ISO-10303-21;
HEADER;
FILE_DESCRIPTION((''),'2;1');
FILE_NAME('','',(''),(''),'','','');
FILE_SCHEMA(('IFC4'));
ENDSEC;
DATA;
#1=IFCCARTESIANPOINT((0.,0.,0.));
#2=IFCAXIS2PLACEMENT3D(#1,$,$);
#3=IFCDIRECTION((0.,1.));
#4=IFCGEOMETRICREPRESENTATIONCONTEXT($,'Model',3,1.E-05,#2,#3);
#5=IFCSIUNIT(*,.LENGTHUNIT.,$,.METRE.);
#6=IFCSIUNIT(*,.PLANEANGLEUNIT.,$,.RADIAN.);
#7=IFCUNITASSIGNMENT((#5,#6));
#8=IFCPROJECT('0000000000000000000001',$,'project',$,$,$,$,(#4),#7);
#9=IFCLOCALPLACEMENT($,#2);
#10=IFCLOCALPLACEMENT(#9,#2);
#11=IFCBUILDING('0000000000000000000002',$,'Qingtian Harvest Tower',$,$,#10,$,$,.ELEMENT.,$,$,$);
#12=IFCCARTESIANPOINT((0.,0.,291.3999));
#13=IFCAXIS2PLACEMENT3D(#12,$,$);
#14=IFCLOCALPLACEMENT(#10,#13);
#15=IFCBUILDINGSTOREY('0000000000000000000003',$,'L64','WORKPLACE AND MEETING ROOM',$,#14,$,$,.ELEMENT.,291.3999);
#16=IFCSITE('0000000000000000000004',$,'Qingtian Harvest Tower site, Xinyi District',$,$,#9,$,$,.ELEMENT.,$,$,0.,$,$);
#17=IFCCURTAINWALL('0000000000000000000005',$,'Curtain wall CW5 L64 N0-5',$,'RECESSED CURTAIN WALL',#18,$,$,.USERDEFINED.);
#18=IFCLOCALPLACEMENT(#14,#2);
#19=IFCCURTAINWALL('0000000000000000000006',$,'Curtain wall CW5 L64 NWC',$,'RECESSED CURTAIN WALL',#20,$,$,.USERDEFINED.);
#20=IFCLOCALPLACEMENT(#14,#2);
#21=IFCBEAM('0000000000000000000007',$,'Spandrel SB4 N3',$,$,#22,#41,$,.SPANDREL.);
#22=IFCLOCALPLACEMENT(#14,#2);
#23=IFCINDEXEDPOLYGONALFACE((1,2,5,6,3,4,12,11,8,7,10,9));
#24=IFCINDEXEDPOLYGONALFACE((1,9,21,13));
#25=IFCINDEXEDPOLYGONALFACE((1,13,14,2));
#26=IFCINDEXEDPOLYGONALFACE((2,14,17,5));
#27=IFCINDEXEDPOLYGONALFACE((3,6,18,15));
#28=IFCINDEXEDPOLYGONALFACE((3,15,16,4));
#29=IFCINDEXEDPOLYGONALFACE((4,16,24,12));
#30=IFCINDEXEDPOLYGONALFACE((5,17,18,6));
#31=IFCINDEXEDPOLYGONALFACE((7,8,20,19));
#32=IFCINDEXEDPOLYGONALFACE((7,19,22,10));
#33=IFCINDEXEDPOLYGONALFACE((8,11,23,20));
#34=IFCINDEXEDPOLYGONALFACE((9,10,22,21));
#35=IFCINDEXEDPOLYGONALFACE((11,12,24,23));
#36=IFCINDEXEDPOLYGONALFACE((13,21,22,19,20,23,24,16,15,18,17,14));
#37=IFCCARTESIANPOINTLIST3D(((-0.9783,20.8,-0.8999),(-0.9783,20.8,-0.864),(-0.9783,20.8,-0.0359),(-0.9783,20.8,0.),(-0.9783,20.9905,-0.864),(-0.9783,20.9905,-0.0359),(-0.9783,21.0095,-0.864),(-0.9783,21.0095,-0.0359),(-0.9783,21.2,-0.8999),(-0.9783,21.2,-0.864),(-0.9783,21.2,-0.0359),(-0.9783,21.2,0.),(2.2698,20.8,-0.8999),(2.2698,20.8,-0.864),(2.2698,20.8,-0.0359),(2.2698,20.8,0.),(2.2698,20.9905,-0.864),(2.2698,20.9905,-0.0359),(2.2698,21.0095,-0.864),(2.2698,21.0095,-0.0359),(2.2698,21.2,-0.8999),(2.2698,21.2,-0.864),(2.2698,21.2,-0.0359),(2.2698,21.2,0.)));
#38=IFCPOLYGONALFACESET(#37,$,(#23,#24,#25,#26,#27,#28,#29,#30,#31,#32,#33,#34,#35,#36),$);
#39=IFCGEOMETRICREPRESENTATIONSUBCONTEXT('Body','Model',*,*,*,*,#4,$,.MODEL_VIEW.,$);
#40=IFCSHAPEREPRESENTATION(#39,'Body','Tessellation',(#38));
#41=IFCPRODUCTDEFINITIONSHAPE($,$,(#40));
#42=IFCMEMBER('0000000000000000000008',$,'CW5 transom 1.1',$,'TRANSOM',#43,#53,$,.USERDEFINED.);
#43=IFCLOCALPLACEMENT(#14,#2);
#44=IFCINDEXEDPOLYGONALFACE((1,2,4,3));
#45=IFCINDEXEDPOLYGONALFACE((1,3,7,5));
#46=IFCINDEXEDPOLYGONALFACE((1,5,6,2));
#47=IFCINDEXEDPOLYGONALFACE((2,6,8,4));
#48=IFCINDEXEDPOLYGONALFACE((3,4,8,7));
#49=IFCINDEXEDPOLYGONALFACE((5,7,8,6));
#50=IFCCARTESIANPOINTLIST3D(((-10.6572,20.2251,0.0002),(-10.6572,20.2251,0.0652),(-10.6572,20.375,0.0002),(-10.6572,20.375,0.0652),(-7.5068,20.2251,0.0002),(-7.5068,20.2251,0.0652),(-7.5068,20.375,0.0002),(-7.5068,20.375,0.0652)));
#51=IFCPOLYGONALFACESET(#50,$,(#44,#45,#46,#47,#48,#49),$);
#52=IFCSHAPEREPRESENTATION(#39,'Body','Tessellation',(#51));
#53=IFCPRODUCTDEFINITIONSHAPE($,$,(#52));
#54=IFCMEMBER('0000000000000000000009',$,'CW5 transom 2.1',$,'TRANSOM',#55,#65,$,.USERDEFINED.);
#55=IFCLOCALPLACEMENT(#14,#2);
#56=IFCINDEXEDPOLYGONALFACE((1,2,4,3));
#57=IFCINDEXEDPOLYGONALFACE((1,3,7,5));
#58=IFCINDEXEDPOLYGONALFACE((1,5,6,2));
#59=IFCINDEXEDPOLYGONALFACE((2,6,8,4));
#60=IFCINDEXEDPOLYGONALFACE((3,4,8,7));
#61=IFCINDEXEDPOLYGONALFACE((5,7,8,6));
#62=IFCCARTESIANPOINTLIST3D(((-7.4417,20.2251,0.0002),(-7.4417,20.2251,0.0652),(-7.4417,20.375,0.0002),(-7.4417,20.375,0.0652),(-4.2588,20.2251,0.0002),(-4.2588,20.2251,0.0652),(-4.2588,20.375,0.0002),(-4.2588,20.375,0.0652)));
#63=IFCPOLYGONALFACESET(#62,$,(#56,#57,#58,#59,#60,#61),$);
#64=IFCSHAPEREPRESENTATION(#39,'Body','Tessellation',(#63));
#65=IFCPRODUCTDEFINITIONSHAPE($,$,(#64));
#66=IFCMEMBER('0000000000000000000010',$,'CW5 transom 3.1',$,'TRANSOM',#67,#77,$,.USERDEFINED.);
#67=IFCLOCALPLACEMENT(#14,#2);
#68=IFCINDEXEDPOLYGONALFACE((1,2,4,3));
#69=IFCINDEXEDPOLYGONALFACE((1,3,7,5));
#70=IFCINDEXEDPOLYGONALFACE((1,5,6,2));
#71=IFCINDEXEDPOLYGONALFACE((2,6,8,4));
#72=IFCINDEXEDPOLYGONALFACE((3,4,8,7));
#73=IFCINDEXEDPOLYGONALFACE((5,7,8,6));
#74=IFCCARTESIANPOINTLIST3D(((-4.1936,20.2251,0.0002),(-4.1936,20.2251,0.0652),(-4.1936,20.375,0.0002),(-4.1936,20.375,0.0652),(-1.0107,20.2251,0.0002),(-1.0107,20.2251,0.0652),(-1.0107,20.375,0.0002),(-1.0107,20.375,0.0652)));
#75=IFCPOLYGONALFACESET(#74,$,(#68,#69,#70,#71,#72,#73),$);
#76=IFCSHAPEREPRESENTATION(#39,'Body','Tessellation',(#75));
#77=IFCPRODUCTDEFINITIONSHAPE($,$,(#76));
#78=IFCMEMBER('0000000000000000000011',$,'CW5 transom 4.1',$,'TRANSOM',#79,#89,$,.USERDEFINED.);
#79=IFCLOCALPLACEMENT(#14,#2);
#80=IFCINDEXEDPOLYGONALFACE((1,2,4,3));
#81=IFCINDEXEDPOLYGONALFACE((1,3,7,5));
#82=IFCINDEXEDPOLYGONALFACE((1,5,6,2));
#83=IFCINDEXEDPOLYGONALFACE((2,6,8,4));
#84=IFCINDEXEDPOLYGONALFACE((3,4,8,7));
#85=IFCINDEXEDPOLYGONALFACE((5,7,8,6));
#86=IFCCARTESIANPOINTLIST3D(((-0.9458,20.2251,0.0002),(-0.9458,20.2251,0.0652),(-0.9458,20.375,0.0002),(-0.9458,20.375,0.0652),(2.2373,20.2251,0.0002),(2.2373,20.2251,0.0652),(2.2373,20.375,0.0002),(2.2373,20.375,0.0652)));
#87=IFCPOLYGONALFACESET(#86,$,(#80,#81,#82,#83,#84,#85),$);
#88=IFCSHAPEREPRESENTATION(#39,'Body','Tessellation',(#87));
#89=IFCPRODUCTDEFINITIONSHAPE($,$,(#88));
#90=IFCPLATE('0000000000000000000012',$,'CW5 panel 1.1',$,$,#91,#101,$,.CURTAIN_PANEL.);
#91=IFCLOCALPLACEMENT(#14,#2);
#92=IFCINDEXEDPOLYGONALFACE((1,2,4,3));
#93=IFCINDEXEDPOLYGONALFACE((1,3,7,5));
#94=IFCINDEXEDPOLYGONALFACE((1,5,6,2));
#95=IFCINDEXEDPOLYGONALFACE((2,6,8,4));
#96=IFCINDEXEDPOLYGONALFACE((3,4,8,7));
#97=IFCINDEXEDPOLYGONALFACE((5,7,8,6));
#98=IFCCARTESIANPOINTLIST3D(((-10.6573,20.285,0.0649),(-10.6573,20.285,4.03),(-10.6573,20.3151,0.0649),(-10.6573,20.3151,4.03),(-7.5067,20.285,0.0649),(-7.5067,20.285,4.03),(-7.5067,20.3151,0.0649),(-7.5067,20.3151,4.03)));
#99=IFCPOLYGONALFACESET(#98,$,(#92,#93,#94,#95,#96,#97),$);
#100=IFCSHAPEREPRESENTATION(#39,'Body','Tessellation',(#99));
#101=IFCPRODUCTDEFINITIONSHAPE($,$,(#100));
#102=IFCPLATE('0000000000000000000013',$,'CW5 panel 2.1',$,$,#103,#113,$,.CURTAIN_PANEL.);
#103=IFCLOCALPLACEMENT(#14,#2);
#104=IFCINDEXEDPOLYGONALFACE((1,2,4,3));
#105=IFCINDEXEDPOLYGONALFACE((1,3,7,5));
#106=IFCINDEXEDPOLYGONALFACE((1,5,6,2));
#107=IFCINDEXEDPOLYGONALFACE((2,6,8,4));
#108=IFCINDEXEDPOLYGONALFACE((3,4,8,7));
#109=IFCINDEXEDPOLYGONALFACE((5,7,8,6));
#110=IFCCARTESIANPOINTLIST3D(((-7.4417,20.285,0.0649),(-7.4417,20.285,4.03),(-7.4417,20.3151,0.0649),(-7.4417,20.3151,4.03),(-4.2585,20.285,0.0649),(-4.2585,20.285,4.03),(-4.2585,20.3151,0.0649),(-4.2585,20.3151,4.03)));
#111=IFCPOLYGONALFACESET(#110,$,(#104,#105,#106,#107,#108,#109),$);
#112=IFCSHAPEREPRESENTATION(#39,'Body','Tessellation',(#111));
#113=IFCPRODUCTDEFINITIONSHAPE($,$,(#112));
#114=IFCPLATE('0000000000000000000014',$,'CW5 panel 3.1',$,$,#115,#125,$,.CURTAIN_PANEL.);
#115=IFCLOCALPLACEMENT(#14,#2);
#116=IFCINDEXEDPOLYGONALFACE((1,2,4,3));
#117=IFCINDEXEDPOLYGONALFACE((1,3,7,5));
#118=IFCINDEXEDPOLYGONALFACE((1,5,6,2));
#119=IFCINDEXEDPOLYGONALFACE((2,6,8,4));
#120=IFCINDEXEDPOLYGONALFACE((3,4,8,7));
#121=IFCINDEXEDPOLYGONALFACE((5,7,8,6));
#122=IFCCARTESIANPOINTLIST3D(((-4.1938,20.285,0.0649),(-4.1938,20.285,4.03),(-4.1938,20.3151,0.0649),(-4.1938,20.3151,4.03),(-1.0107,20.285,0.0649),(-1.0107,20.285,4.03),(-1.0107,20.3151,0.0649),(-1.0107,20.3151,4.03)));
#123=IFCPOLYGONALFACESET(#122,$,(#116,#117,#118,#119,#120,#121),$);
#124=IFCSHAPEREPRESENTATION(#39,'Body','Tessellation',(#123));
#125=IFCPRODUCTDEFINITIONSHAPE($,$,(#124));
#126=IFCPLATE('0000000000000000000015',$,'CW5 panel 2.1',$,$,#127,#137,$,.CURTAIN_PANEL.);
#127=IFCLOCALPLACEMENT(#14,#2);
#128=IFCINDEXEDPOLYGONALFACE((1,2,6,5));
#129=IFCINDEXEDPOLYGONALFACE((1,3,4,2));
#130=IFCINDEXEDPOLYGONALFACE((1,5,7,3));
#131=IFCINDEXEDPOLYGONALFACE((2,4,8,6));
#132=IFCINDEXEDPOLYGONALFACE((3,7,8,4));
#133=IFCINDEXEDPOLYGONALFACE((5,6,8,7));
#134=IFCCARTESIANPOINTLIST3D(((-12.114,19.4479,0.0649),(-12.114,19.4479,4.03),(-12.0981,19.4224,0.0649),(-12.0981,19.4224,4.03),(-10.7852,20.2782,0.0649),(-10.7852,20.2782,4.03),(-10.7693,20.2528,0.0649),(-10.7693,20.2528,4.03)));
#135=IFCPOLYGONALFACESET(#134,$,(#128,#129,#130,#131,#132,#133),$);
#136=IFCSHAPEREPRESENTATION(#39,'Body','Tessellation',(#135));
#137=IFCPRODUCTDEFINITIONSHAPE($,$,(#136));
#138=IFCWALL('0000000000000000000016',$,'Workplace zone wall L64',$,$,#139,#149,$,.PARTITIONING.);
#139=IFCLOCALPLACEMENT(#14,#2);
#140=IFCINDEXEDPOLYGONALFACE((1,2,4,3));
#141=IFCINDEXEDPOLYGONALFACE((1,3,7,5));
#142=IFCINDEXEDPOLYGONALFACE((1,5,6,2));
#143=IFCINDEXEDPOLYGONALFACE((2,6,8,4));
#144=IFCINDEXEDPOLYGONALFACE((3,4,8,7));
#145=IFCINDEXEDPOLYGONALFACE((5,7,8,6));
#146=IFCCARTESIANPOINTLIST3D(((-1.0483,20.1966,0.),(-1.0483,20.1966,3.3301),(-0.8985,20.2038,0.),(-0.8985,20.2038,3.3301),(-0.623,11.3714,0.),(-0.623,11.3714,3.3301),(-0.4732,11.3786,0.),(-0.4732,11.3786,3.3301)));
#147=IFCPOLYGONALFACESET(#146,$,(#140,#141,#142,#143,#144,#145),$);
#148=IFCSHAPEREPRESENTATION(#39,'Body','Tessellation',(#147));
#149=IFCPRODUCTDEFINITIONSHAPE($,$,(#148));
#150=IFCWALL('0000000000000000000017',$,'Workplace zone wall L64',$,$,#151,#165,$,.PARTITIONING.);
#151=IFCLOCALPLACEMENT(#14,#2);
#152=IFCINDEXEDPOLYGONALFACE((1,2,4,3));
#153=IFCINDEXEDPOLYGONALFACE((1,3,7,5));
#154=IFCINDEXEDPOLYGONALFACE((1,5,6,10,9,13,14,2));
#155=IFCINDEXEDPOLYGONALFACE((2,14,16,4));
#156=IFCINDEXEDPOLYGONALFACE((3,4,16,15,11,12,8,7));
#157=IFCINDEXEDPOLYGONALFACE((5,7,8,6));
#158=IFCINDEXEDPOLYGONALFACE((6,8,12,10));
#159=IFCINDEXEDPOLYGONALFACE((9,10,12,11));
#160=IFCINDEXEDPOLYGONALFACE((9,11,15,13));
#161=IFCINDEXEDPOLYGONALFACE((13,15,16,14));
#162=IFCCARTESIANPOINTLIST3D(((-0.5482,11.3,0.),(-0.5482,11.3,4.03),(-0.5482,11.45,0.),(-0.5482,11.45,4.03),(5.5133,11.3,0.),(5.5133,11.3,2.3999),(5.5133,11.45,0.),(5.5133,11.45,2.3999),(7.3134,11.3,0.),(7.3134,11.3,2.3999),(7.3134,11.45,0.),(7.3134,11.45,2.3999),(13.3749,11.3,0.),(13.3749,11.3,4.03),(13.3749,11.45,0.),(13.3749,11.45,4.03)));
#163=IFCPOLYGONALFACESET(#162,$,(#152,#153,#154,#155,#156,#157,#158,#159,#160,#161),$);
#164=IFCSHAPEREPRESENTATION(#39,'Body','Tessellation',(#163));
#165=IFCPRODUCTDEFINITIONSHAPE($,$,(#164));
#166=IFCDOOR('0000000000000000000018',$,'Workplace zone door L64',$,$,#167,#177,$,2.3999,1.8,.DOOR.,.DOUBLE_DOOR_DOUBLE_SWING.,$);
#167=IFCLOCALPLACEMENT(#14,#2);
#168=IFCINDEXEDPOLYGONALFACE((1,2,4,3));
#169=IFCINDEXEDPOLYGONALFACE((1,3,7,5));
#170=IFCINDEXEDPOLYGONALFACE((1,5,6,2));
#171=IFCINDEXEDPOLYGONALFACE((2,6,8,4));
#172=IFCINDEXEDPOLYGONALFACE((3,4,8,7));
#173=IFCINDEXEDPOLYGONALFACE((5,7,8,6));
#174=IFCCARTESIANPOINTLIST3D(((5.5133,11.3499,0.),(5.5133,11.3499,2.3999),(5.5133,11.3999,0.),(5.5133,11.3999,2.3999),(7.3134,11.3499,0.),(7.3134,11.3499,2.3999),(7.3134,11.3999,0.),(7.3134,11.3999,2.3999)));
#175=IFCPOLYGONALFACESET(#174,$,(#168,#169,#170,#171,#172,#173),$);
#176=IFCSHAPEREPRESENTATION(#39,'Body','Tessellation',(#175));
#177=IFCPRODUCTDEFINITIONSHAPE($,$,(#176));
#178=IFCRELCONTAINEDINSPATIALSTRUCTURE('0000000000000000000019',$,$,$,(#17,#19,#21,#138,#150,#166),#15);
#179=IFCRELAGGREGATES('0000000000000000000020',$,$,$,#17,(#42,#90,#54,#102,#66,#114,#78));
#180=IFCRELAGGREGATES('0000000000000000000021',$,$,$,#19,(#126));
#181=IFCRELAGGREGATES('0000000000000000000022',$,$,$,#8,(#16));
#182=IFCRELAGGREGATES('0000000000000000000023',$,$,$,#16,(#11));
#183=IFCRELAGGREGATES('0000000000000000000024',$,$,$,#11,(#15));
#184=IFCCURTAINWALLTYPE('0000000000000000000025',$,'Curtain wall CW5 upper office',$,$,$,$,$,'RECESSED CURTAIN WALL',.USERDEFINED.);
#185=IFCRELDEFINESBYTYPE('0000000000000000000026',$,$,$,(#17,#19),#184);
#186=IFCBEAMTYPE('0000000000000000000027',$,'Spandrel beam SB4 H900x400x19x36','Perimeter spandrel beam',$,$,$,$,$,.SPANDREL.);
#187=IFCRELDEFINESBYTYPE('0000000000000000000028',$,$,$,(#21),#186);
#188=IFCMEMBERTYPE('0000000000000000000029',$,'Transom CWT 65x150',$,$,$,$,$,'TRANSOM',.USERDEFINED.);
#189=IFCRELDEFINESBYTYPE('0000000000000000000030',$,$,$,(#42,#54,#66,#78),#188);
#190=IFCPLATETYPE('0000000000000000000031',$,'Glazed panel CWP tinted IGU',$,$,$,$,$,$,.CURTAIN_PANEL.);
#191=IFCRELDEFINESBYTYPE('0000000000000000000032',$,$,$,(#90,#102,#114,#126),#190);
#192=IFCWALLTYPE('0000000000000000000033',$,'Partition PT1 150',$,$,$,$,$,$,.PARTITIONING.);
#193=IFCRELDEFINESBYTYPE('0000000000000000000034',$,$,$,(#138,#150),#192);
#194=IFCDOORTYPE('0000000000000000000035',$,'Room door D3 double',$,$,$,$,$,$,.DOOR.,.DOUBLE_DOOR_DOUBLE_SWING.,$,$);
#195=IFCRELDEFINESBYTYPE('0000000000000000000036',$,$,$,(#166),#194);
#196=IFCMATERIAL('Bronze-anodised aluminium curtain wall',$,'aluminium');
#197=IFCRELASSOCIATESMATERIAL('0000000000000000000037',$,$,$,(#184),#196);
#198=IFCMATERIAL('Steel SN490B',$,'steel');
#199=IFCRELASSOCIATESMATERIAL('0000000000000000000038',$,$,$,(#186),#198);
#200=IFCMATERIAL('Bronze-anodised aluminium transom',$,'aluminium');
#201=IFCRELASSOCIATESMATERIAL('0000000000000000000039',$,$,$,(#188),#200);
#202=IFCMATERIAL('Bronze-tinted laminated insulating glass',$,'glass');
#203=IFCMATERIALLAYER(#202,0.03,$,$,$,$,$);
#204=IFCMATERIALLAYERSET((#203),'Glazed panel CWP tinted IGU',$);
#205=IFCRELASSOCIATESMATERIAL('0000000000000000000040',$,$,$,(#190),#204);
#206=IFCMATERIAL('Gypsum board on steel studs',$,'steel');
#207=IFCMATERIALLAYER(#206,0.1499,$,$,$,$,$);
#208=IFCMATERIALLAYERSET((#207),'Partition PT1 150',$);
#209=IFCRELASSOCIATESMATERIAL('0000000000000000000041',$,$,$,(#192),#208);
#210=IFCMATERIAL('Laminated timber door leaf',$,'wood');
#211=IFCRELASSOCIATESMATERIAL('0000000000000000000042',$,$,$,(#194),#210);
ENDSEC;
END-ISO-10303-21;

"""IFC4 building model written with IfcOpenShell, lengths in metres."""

from ifc_helpers import new_model, si_unit, direction, frame, frame_2d, origin, origin_2d, place, context, subcontext, project, spatial, rectangle, i_section, extrude, material, layer, layer_set, material_profile, profile_set, type_object, element, fill, aggregate, save


model = new_model("IFC4")

# Units and contexts
model_context = context("Model", 3, precision=1e-05, world=origin(), true_north=direction((0.0, 1.0)))
body_context = subcontext(model_context, "Body", "Model", "MODEL_VIEW")
ifc_project = project(units=[si_unit("LENGTHUNIT", "METRE"), si_unit("PLANEANGLEUNIT", "RADIAN")], contexts=[model_context])

# Site, building, storey
site_placement = place(None, origin())
site = spatial("IfcSite", under=ifc_project, at=site_placement, Name="Qingtian Harvest Tower site, Xinyi District", CompositionType="ELEMENT", RefElevation=0.0)
building_placement = place(site_placement, origin())
building = spatial("IfcBuilding", under=site, at=building_placement, Name="Qingtian Harvest Tower", CompositionType="ELEMENT")
storey_placement = place(building_placement, frame((0.0, 0.0, 291.3999)))
storey = spatial("IfcBuildingStorey", under=building, at=storey_placement, Name="L64", Description="WORKPLACE AND MEETING ROOM", CompositionType="ELEMENT", Elevation=291.3999)

# Curtain wall
ifc_material_1 = material(Name="Bronze-anodised aluminium curtain wall", Category="aluminium")
curtain_wall_type = type_object("IfcCurtainWallType", Name="Curtain wall CW5 upper office", ElementType="RECESSED CURTAIN WALL", PredefinedType="USERDEFINED", material=ifc_material_1)
curtain_wall_1_placement = place(storey_placement, origin())
curtain_wall_1 = element("IfcCurtainWall", 1, at=curtain_wall_1_placement, inside=storey, type_object=curtain_wall_type, Name="Curtain wall CW5 L64 N0-5", ObjectType="RECESSED CURTAIN WALL", PredefinedType="USERDEFINED")

# Curtain wall
curtain_wall_2_placement = place(storey_placement, origin())
curtain_wall_2 = element("IfcCurtainWall", 2, at=curtain_wall_2_placement, inside=storey, type_object=curtain_wall_type, Name="Curtain wall CW5 L64 NWC", ObjectType="RECESSED CURTAIN WALL", PredefinedType="USERDEFINED")

# Beam
ifc_material_2 = material(Name="Steel SN490B", Category="steel")
ifc_material_profile_1 = material_profile(ifc_material_2, i_section(OverallWidth=0.3999, OverallDepth=0.8999, WebThickness=0.019, FlangeThickness=0.0359, at=origin_2d()), Name="H900x400x19x36")
ifc_profile_set_1 = profile_set([ifc_material_profile_1], Name="Steel SN490B")
beam_type_1 = type_object("IfcBeamType", Name="Spandrel beam SB4 H900x400x19x36", Description="Perimeter spandrel beam", PredefinedType="SPANDREL", material=ifc_profile_set_1)
for number, where, z_axis, x_axis, name in (
    (3, (-0.9783, 21.0, -0.45), (1.0, 0.0, 0.0), (0.0, 1.0, 0.0), "Spandrel SB4 N3"),
):
    element("IfcBeam", number, at=place(storey_placement, frame(where, z_axis=z_axis, x_axis=x_axis)), inside=storey, type_object=beam_type_1, Name=name, PredefinedType="SPANDREL", context=body_context, shape_type="SweptSolid", body=[
        extrude(i_section(OverallWidth=0.3999, OverallDepth=0.8999, WebThickness=0.019, FlangeThickness=0.0359, at=origin_2d()), origin(), (0.0, 0.0, 1.0), 3.248),
    ])

# Members
ifc_material_3 = material(Name="Bronze-anodised aluminium transom", Category="aluminium")
ifc_material_profile_2 = material_profile(ifc_material_3, rectangle(XDim=0.1499, YDim=0.0649, at=origin_2d()), Name="AL 65x150")
ifc_profile_set_2 = profile_set([ifc_material_profile_2], Name="Bronze-anodised aluminium transom")
member_type_1 = type_object("IfcMemberType", Name="Transom CWT 65x150", ElementType="TRANSOM", PredefinedType="USERDEFINED", material=ifc_profile_set_2)
member_1_placement = place(storey_placement, frame((-10.6572, 20.3, 0.0327), z_axis=(1.0, 0.0, 0.0), x_axis=(0.0, 1.0, 0.0)))
member_1 = element("IfcMember", 4, at=member_1_placement, type_object=member_type_1, Name="CW5 transom 1.1", ObjectType="TRANSOM", PredefinedType="USERDEFINED", context=body_context, shape_type="SweptSolid", body=[
    extrude(rectangle(XDim=0.1499, YDim=0.0649, at=origin_2d()), origin(), (0.0, 0.0, 1.0), 3.1504),
])
member_2_placement = place(storey_placement, frame((-7.4417, 20.3, 0.0327), z_axis=(1.0, 0.0, 0.0), x_axis=(0.0, 1.0, 0.0)))
member_2 = element("IfcMember", 5, at=member_2_placement, type_object=member_type_1, Name="CW5 transom 2.1", ObjectType="TRANSOM", PredefinedType="USERDEFINED", context=body_context, shape_type="SweptSolid", body=[
    extrude(rectangle(XDim=0.1499, YDim=0.0649, at=origin_2d()), origin(), (0.0, 0.0, 1.0), 3.1829),
])
member_3_placement = place(storey_placement, frame((-4.1936, 20.3, 0.0327), z_axis=(1.0, 0.0, 0.0), x_axis=(0.0, 1.0, 0.0)))
member_3 = element("IfcMember", 6, at=member_3_placement, type_object=member_type_1, Name="CW5 transom 3.1", ObjectType="TRANSOM", PredefinedType="USERDEFINED", context=body_context, shape_type="SweptSolid", body=[
    extrude(rectangle(XDim=0.1499, YDim=0.0649, at=origin_2d()), origin(), (0.0, 0.0, 1.0), 3.1829),
])
member_4_placement = place(storey_placement, frame((-0.9458, 20.3, 0.0327), z_axis=(1.0, 0.0, 0.0), x_axis=(0.0, 1.0, 0.0)))
member_4 = element("IfcMember", 7, at=member_4_placement, type_object=member_type_1, Name="CW5 transom 4.1", ObjectType="TRANSOM", PredefinedType="USERDEFINED", context=body_context, shape_type="SweptSolid", body=[
    extrude(rectangle(XDim=0.1499, YDim=0.0649, at=origin_2d()), origin(), (0.0, 0.0, 1.0), 3.1831),
])

# Plates
ifc_material_4 = material(Name="Bronze-tinted laminated insulating glass", Category="glass")
ifc_layer_1 = layer(ifc_material_4, 0.03)
ifc_layer_set_1 = layer_set([ifc_layer_1], Name="Glazed panel CWP tinted IGU")
plate_type = type_object("IfcPlateType", Name="Glazed panel CWP tinted IGU", PredefinedType="CURTAIN_PANEL", material=ifc_layer_set_1)
plate_1_placement = place(storey_placement, frame((-9.082, 20.3, 0.0649), z_axis=(0.0, 0.0, 1.0), x_axis=(1.0, 0.0, 0.0)))
plate_1 = element("IfcPlate", 8, at=plate_1_placement, type_object=plate_type, Name="CW5 panel 1.1", PredefinedType="CURTAIN_PANEL", context=body_context, shape_type="SweptSolid", body=[
    extrude(rectangle(XDim=3.1506, YDim=0.03, at=origin_2d()), origin(), (0.0, 0.0, 1.0), 3.9651),
])
plate_2_placement = place(storey_placement, frame((-5.8501, 20.3, 0.0649), z_axis=(0.0, 0.0, 1.0), x_axis=(1.0, 0.0, 0.0)))
plate_2 = element("IfcPlate", 9, at=plate_2_placement, type_object=plate_type, Name="CW5 panel 2.1", PredefinedType="CURTAIN_PANEL", context=body_context, shape_type="SweptSolid", body=[
    extrude(rectangle(XDim=3.1831, YDim=0.03, at=origin_2d()), origin(), (0.0, 0.0, 1.0), 3.9651),
])
plate_3_placement = place(storey_placement, frame((-2.6023, 20.3, 0.0649), z_axis=(0.0, 0.0, 1.0), x_axis=(1.0, 0.0, 0.0)))
plate_3 = element("IfcPlate", 10, at=plate_3_placement, type_object=plate_type, Name="CW5 panel 3.1", PredefinedType="CURTAIN_PANEL", context=body_context, shape_type="SweptSolid", body=[
    extrude(rectangle(XDim=3.1831, YDim=0.03, at=origin_2d()), origin(), (0.0, 0.0, 1.0), 3.9651),
])
aggregate(curtain_wall_1, [member_1, plate_1, member_2, plate_2, member_3, plate_3, member_4])
plate_4_placement = place(storey_placement, frame((-11.4417, 19.8503, 0.0649), z_axis=(0.0, 0.0, 1.0), x_axis=(0.848048, 0.529919, 0.0)))
plate_4 = element("IfcPlate", 11, at=plate_4_placement, type_object=plate_type, Name="CW5 panel 2.1", PredefinedType="CURTAIN_PANEL", context=body_context, shape_type="SweptSolid", body=[
    extrude(rectangle(XDim=1.5669, YDim=0.03, at=origin_2d()), origin(), (0.0, 0.0, 1.0), 3.9651),
])
aggregate(curtain_wall_2, [plate_4])

# Wall
ifc_material_5 = material(Name="Gypsum board on steel studs", Category="steel")
ifc_layer_2 = layer(ifc_material_5, 0.1499)
ifc_layer_set_2 = layer_set([ifc_layer_2], Name="Partition PT1 150")
wall_type = type_object("IfcWallType", Name="Partition PT1 150", PredefinedType="PARTITIONING", material=ifc_layer_set_2)
wall_1_placement = place(storey_placement, frame((-0.9734, 20.2002, 0.0), z_axis=(0.0, 0.0, 1.0), x_axis=(0.048135, -0.998841, 0.0)))
element("IfcWall", 12, at=wall_1_placement, inside=storey, type_object=wall_type, Name="Workplace zone wall L64", PredefinedType="PARTITIONING", context=body_context, shape_type="SweptSolid", body=[
    extrude(rectangle(XDim=8.8354, YDim=0.1499, at=frame_2d((4.4177, 0.0))), origin(), (0.0, 0.0, 1.0), 3.3301),
])

# Wall, opening, door
wall_2_placement = place(storey_placement, frame((-0.5481, 11.375, 0.0), z_axis=(0.0, 0.0, 1.0), x_axis=(1.0, 0.0, 0.0)))
wall_2 = element("IfcWall", 13, at=wall_2_placement, inside=storey, type_object=wall_type, Name="Workplace zone wall L64", PredefinedType="PARTITIONING", context=body_context, shape_type="SweptSolid", body=[
    extrude(rectangle(XDim=13.9231, YDim=0.1499, at=frame_2d((6.9614, 0.0))), origin(), (0.0, 0.0, 1.0), 4.03),
])
opening_placement = place(wall_2_placement, frame((6.0615, 0.0, 0.0)))
opening = element("IfcOpeningElement", 14, at=opening_placement, cuts=wall_2, PredefinedType="OPENING", context=body_context, shape_type="SweptSolid", body=[
    extrude(rectangle(XDim=1.8, YDim=2.3999, at=frame_2d((0.8999, 1.2))), frame((0.0, 0.085, 0.0), z_axis=(0.0, -1.0, 0.0), x_axis=(1.0, 0.0, 0.0)), (0.0, 0.0, 1.0), 0.1699),
])
ifc_material_6 = material(Name="Laminated timber door leaf", Category="wood")
door_type = type_object("IfcDoorType", Name="Room door D3 double", OperationType="DOUBLE_DOOR_DOUBLE_SWING", PredefinedType="DOOR", material=ifc_material_6)
door_placement = place(opening_placement, origin())
door = element("IfcDoor", 15, at=door_placement, inside=storey, type_object=door_type, Name="Workplace zone door L64", OperationType="DOUBLE_DOOR_DOUBLE_SWING", OverallHeight=2.3999, OverallWidth=1.8, PredefinedType="DOOR", context=body_context, shape_type="SweptSolid", body=[
    extrude(rectangle(XDim=1.8, YDim=2.3999, at=frame_2d((0.8999, 1.2))), frame((0.0, 0.0249, 0.0), z_axis=(0.0, -1.0, 0.0), x_axis=(1.0, 0.0, 0.0)), (0.0, 0.0, 1.0), 0.05),
])
fill(opening, door)

save(model, "model.ifc")
